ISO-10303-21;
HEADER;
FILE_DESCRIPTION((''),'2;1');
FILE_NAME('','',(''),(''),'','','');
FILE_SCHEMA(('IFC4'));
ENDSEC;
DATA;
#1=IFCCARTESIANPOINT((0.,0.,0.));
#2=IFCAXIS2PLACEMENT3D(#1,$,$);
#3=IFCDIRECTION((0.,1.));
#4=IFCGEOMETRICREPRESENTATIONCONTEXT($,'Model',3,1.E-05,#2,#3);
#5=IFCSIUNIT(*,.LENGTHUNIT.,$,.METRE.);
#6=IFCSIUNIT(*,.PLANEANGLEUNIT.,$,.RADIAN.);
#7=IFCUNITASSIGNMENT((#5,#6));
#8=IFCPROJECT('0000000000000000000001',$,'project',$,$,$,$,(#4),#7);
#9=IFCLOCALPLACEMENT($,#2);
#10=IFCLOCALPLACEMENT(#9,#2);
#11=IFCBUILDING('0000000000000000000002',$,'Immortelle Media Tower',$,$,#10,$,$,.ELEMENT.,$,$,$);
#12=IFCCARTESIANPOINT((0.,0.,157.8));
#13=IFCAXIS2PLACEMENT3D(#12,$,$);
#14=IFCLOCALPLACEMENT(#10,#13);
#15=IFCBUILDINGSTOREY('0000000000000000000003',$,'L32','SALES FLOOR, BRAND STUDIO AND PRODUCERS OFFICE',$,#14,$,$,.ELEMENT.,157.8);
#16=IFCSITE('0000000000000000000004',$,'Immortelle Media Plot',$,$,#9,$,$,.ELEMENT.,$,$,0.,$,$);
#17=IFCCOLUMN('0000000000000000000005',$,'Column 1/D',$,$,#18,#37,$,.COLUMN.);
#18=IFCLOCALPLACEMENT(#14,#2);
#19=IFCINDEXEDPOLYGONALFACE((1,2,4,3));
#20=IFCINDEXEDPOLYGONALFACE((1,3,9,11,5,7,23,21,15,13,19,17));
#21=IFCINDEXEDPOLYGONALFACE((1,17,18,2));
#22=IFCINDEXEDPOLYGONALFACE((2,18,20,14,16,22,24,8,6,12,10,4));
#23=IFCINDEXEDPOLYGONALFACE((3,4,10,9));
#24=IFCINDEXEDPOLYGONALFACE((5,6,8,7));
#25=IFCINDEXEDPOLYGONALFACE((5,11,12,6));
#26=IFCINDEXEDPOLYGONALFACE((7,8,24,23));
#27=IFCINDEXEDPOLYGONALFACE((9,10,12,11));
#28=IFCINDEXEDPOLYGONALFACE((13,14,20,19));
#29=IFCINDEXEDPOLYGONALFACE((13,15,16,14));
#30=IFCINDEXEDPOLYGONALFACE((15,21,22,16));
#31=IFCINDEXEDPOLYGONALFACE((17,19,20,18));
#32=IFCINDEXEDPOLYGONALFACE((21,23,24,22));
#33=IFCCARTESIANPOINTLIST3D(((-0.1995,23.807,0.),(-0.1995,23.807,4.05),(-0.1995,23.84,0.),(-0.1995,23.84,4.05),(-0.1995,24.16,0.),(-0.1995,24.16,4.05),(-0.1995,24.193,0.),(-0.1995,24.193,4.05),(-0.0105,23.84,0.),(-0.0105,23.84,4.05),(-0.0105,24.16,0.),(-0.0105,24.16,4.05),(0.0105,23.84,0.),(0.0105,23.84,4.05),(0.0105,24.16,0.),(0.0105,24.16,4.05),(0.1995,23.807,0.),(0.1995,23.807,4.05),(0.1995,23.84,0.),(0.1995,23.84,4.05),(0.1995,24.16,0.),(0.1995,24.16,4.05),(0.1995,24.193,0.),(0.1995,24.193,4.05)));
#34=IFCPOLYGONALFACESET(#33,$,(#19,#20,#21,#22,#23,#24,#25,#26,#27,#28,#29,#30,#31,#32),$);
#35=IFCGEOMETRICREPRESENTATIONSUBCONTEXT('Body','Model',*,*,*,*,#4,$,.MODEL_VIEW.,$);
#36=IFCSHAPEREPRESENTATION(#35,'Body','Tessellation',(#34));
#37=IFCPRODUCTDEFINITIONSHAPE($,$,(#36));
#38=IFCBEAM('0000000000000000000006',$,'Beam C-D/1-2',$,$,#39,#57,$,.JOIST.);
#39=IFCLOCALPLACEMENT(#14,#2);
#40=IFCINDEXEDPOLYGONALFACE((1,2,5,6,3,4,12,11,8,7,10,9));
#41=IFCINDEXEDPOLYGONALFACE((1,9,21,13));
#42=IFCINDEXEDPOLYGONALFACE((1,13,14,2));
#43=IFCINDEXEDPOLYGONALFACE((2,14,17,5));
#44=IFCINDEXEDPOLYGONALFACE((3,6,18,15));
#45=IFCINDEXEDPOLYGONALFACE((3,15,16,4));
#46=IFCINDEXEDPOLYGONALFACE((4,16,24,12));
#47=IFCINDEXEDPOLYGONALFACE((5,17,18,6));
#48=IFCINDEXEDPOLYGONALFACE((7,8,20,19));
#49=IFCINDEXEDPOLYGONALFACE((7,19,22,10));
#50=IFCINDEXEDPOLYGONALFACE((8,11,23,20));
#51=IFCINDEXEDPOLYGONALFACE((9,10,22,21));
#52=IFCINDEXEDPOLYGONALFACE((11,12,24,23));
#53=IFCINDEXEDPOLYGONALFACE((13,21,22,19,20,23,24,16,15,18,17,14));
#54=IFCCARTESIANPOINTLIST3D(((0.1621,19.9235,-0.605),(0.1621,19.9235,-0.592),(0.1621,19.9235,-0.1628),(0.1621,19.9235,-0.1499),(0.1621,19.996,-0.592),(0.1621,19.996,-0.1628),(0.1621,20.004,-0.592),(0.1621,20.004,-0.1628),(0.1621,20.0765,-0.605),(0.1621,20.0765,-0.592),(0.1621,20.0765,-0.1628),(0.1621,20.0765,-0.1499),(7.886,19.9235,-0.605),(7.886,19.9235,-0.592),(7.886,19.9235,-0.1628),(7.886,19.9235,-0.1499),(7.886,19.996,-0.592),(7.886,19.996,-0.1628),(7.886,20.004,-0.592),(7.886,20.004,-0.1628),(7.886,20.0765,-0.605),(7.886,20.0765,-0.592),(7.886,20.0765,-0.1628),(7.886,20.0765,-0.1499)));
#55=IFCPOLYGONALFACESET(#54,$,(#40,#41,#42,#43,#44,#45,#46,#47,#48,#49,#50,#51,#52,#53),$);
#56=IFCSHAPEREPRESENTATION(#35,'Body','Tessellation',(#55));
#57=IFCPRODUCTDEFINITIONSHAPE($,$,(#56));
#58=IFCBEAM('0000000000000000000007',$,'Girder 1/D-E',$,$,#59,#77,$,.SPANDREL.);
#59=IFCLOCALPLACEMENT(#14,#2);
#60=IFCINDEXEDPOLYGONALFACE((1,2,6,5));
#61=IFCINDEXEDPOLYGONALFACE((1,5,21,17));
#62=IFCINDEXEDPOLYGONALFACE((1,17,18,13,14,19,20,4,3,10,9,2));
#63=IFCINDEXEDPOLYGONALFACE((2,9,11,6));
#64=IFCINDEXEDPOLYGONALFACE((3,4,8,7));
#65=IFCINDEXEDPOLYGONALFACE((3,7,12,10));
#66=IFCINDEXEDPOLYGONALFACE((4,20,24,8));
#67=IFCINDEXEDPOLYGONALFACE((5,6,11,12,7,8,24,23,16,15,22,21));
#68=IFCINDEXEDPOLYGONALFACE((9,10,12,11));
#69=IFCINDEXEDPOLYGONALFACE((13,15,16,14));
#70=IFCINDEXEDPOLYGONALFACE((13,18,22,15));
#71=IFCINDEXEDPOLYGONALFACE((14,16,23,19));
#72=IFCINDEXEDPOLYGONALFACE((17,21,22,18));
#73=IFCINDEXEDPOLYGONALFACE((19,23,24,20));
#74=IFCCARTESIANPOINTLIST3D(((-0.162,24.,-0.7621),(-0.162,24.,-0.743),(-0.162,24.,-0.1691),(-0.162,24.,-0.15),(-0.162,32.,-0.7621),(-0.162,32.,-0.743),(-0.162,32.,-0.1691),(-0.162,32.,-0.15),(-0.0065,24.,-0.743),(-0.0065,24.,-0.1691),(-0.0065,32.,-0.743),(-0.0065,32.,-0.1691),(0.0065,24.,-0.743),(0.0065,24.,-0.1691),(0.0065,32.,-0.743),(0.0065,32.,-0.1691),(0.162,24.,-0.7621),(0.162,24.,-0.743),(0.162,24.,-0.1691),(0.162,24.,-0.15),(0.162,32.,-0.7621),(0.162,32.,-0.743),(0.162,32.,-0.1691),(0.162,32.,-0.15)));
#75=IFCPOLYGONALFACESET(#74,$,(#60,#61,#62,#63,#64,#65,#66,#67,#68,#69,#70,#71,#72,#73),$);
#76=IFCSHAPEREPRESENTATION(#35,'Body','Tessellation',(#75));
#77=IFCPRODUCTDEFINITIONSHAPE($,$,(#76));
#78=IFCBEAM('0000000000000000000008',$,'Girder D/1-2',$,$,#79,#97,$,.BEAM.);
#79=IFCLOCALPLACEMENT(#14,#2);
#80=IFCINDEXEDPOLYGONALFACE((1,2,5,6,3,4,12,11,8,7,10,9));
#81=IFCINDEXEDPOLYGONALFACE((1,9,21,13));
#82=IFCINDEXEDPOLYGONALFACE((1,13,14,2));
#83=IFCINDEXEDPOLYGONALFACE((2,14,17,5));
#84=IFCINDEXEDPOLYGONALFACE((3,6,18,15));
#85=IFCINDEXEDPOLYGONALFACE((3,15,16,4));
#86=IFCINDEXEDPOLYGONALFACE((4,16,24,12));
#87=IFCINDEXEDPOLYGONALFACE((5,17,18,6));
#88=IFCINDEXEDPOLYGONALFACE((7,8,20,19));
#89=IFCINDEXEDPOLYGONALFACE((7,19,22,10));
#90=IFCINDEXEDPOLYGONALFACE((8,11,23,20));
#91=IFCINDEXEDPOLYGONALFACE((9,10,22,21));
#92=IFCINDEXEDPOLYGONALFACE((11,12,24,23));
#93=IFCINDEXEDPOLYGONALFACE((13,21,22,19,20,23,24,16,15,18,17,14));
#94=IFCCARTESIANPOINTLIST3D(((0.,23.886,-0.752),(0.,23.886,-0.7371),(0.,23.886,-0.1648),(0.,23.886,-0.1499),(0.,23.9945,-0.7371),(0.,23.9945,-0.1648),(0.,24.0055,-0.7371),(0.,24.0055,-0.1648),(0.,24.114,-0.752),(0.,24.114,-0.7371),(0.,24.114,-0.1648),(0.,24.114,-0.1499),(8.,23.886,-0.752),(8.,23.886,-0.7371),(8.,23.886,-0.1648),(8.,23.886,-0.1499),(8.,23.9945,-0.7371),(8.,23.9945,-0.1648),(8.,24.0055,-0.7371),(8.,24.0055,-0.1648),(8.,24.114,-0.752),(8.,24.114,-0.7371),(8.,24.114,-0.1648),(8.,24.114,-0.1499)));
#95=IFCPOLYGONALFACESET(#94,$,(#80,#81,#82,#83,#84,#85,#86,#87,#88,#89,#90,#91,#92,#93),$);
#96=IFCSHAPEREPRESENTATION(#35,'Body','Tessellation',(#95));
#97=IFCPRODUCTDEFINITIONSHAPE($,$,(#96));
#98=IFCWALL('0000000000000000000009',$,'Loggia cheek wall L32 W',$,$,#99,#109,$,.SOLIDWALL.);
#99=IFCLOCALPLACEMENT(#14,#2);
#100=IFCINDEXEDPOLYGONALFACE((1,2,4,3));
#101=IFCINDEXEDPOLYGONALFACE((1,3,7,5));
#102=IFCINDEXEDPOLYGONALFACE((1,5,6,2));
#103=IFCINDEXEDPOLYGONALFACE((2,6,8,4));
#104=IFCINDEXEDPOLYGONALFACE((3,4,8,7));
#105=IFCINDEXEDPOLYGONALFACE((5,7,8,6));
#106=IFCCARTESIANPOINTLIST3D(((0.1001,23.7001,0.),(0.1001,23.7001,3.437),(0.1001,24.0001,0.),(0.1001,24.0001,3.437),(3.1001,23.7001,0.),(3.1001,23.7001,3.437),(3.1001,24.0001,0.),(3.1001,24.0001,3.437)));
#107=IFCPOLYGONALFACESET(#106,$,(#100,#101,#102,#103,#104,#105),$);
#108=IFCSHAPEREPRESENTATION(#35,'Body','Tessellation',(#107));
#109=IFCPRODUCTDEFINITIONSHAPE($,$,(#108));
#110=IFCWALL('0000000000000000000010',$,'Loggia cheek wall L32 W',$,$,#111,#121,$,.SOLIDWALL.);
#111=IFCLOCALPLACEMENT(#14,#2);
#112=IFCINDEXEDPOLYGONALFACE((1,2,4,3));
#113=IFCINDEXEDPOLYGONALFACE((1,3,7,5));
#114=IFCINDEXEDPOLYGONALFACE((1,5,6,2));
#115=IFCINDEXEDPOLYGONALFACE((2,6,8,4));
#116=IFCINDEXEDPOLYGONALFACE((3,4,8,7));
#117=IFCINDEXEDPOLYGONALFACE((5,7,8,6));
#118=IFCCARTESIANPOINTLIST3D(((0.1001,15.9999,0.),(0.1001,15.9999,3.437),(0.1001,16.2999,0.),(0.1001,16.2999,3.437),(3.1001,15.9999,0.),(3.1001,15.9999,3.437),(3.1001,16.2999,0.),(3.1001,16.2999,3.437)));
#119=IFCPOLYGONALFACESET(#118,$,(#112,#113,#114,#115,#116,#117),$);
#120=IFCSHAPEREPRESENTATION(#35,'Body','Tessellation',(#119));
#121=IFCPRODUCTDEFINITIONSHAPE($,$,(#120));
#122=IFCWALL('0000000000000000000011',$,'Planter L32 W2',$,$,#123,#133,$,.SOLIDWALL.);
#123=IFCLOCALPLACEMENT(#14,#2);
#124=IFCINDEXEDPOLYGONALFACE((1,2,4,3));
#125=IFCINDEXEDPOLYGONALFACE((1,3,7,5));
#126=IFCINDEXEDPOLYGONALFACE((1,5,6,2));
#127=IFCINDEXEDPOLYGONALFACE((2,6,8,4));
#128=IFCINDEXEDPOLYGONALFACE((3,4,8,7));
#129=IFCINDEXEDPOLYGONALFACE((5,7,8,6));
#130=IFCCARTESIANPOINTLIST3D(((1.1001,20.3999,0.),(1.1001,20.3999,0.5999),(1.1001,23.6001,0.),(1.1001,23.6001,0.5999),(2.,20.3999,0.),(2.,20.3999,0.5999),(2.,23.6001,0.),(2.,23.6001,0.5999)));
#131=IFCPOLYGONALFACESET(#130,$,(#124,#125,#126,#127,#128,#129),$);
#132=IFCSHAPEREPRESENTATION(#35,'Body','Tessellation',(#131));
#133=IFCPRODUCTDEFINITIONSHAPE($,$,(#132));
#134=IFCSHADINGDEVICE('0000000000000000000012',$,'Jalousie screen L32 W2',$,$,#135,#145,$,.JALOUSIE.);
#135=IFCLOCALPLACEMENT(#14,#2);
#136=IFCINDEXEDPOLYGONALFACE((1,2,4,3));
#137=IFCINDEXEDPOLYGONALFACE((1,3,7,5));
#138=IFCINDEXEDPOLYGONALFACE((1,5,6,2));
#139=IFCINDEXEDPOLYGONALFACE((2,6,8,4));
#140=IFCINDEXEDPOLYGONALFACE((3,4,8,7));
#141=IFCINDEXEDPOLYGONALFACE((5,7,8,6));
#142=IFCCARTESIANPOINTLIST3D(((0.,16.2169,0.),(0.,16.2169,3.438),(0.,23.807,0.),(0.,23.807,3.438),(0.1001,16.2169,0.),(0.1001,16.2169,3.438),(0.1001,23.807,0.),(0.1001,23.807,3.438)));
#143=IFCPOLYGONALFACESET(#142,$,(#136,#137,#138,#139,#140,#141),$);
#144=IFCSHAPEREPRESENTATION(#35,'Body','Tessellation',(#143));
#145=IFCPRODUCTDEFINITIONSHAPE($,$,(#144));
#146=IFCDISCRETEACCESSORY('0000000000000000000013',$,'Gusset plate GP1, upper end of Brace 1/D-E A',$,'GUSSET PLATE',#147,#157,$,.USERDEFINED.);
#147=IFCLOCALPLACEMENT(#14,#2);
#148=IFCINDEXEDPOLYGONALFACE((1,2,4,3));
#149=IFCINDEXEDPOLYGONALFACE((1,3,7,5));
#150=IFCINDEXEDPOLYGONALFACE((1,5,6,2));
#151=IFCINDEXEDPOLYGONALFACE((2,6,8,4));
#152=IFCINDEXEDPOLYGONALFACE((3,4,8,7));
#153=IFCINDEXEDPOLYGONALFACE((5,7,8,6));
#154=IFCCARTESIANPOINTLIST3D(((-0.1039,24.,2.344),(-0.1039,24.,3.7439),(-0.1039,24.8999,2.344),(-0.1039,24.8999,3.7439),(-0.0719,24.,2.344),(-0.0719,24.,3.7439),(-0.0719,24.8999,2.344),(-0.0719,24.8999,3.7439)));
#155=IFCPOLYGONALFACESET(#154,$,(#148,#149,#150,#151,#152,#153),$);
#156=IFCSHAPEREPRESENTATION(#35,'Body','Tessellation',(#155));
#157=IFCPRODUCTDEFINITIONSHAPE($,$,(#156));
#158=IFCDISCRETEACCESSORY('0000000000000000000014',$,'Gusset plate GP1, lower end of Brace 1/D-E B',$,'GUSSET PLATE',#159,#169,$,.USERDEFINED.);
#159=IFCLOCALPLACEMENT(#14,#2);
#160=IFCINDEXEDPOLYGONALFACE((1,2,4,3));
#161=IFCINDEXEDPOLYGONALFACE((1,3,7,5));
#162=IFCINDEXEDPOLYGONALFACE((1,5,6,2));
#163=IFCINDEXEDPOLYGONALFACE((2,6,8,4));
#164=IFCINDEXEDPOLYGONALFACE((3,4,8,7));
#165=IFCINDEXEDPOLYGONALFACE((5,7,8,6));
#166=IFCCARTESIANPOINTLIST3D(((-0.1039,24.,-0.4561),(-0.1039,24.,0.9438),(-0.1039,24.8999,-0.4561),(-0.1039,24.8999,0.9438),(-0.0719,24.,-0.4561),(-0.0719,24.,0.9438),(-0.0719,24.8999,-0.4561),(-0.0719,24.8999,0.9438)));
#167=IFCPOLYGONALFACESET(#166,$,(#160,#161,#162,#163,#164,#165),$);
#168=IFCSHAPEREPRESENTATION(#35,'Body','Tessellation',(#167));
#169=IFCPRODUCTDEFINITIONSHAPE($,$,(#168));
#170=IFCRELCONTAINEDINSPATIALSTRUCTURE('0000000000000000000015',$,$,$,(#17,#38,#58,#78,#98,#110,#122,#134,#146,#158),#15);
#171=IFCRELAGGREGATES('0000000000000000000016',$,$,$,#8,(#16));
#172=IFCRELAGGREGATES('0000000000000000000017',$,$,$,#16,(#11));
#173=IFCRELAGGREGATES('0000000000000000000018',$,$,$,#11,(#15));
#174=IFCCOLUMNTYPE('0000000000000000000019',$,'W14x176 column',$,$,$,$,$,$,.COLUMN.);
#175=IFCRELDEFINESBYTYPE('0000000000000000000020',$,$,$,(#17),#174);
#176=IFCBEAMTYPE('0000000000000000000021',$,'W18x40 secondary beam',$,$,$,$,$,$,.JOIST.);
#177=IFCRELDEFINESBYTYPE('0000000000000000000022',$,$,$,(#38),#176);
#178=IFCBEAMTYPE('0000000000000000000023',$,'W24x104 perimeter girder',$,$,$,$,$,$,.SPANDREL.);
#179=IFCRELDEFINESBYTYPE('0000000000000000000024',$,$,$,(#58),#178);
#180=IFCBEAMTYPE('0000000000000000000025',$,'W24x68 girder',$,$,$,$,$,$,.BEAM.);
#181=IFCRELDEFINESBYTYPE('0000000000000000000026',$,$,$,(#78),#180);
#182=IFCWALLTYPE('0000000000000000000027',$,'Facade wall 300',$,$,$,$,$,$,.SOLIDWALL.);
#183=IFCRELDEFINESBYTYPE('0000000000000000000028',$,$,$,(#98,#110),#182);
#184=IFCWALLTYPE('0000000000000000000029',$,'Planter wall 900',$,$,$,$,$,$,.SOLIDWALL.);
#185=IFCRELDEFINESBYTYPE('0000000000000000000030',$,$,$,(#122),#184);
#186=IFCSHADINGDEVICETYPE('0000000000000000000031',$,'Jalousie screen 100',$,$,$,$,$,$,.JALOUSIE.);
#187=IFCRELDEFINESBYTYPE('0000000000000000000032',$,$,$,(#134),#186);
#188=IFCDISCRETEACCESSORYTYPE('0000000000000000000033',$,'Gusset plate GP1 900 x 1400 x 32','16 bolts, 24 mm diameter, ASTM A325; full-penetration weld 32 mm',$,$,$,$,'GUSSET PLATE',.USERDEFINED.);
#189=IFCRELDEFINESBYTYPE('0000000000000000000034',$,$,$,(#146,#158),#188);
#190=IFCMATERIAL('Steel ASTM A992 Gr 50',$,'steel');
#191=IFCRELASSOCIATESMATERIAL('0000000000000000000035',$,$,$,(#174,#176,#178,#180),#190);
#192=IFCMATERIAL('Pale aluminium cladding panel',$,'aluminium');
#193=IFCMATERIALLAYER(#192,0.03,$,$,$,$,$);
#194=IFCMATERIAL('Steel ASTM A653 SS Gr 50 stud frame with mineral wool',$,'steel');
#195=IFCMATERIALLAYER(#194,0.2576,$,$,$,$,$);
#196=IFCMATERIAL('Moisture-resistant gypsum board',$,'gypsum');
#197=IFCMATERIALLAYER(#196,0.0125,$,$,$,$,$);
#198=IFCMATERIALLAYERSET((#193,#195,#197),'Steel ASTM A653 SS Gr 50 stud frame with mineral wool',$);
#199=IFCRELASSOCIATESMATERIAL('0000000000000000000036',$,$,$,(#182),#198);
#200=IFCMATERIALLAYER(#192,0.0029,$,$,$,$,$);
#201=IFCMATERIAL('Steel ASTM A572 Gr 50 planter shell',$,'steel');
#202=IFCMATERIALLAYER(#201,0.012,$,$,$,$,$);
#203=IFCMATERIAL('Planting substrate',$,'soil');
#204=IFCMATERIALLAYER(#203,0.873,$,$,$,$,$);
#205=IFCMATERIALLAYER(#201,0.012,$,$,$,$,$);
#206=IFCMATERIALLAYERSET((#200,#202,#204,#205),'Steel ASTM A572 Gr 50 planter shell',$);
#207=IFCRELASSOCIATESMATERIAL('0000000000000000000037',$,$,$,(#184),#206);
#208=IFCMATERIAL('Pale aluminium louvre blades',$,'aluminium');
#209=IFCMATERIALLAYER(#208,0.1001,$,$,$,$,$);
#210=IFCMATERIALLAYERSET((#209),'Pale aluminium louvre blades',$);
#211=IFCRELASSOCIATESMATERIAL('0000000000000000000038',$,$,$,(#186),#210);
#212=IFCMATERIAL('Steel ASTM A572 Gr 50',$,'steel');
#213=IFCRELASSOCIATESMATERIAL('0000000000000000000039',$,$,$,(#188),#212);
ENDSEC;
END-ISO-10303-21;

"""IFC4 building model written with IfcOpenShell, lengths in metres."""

from ifc_helpers import new_model, si_unit, direction, frame, frame_2d, origin, origin_2d, place, context, subcontext, project, spatial, rectangle, i_section, extrude, material, layer, layer_set, material_profile, profile_set, type_object, element, save


model = new_model("IFC4")

# Units and contexts
model_context = context("Model", 3, precision=1e-05, world=origin(), true_north=direction((0.0, 1.0)))
body_context = subcontext(model_context, "Body", "Model", "MODEL_VIEW")
ifc_project = project(units=[si_unit("LENGTHUNIT", "METRE"), si_unit("PLANEANGLEUNIT", "RADIAN")], contexts=[model_context])

# Site, building, storey
site_placement = place(None, origin())
site = spatial("IfcSite", under=ifc_project, at=site_placement, Name="Immortelle Media Plot", CompositionType="ELEMENT", RefElevation=0.0)
building_placement = place(site_placement, origin())
building = spatial("IfcBuilding", under=site, at=building_placement, Name="Immortelle Media Tower", CompositionType="ELEMENT")
storey_placement = place(building_placement, frame((0.0, 0.0, 157.8)))
storey = spatial("IfcBuildingStorey", under=building, at=storey_placement, Name="L32", Description="SALES FLOOR, BRAND STUDIO AND PRODUCERS OFFICE", CompositionType="ELEMENT", Elevation=157.8)

# Column
ifc_material_1 = material(Name="Steel ASTM A992 Gr 50", Category="steel")
ifc_material_profile_1 = material_profile(ifc_material_1, i_section(OverallWidth=0.3989, OverallDepth=0.386, WebThickness=0.021, FlangeThickness=0.033, at=origin_2d()), Name="W14x176")
ifc_profile_set_1 = profile_set([ifc_material_profile_1], Name="Steel ASTM A992 Gr 50")
column_type = type_object("IfcColumnType", Name="W14x176 column", PredefinedType="COLUMN", material=ifc_profile_set_1)
column_placement = place(storey_placement, frame((0.0, 24.0, 0.0), z_axis=(0.0, 0.0, 1.0), x_axis=(1.0, 0.0, 0.0)))
element("IfcColumn", 1, at=column_placement, inside=storey, type_object=column_type, Name="Column 1/D", PredefinedType="COLUMN", context=body_context, shape_type="SweptSolid", body=[
    extrude(i_section(OverallWidth=0.3989, OverallDepth=0.386, WebThickness=0.021, FlangeThickness=0.033, at=origin_2d()), origin(), (0.0, 0.0, 1.0), 4.05),
])

# Beams
ifc_material_profile_2 = material_profile(ifc_material_1, i_section(OverallWidth=0.1531, OverallDepth=0.4551, WebThickness=0.0081, FlangeThickness=0.0129, at=origin_2d()), Name="W18x40")
ifc_profile_set_2 = profile_set([ifc_material_profile_2], Name="Steel ASTM A992 Gr 50")
beam_type_1 = type_object("IfcBeamType", Name="W18x40 secondary beam", PredefinedType="JOIST", material=ifc_profile_set_2)
beam_1_placement = place(storey_placement, frame((0.1621, 20.0, -0.3774), z_axis=(1.0, 0.0, 0.0), x_axis=(0.0, 1.0, 0.0)))
element("IfcBeam", 2, at=beam_1_placement, inside=storey, type_object=beam_type_1, Name="Beam C-D/1-2", PredefinedType="JOIST", context=body_context, shape_type="SweptSolid", body=[
    extrude(i_section(OverallWidth=0.1531, OverallDepth=0.4551, WebThickness=0.0081, FlangeThickness=0.0129, at=origin_2d()), origin(), (0.0, 0.0, 1.0), 7.7239),
])
ifc_material_profile_3 = material_profile(ifc_material_1, i_section(OverallWidth=0.324, OverallDepth=0.6121, WebThickness=0.0129, FlangeThickness=0.019, at=origin_2d()), Name="W24x104")
ifc_profile_set_3 = profile_set([ifc_material_profile_3], Name="Steel ASTM A992 Gr 50")
beam_type_2 = type_object("IfcBeamType", Name="W24x104 perimeter girder", PredefinedType="SPANDREL", material=ifc_profile_set_3)
beam_2_placement = place(storey_placement, frame((0.0, 24.0, -0.4561), z_axis=(0.0, 1.0, 0.0), x_axis=(-1.0, 0.0, 0.0)))
element("IfcBeam", 3, at=beam_2_placement, inside=storey, type_object=beam_type_2, Name="Girder 1/D-E", PredefinedType="SPANDREL", context=body_context, shape_type="SweptSolid", body=[
    extrude(i_section(OverallWidth=0.324, OverallDepth=0.6121, WebThickness=0.0129, FlangeThickness=0.019, at=origin_2d()), origin(), (0.0, 0.0, 1.0), 8.0),
])
ifc_material_profile_4 = material_profile(ifc_material_1, i_section(OverallWidth=0.228, OverallDepth=0.6021, WebThickness=0.011, FlangeThickness=0.0149, at=origin_2d()), Name="W24x68")
ifc_profile_set_4 = profile_set([ifc_material_profile_4], Name="Steel ASTM A992 Gr 50")
beam_type_3 = type_object("IfcBeamType", Name="W24x68 girder", PredefinedType="BEAM", material=ifc_profile_set_4)
beam_3_placement = place(storey_placement, frame((0.0, 24.0, -0.4509), z_axis=(1.0, 0.0, 0.0), x_axis=(0.0, 1.0, 0.0)))
element("IfcBeam", 4, at=beam_3_placement, inside=storey, type_object=beam_type_3, Name="Girder D/1-2", PredefinedType="BEAM", context=body_context, shape_type="SweptSolid", body=[
    extrude(i_section(OverallWidth=0.228, OverallDepth=0.6021, WebThickness=0.011, FlangeThickness=0.0149, at=origin_2d()), origin(), (0.0, 0.0, 1.0), 8.0),
])

# Walls
ifc_material_2 = material(Name="Pale aluminium cladding panel", Category="aluminium")
ifc_layer_1 = layer(ifc_material_2, 0.03)
ifc_material_3 = material(Name="Steel ASTM A653 SS Gr 50 stud frame with mineral wool", Category="steel")
ifc_layer_2 = layer(ifc_material_3, 0.2576)
ifc_material_4 = material(Name="Moisture-resistant gypsum board", Category="gypsum")
ifc_layer_3 = layer(ifc_material_4, 0.0125)
ifc_layer_set_1 = layer_set([ifc_layer_1, ifc_layer_2, ifc_layer_3], Name="Steel ASTM A653 SS Gr 50 stud frame with mineral wool")
wall_type_1 = type_object("IfcWallType", Name="Facade wall 300", PredefinedType="SOLIDWALL", material=ifc_layer_set_1)
for number, where, z_axis, x_axis, name in (
    (5, (0.1001, 23.8501, 0.0), (0.0, 0.0, 1.0), (1.0, 0.0, 0.0), "Loggia cheek wall L32 W"),
    (6, (0.1001, 16.1499, 0.0), (0.0, 0.0, 1.0), (1.0, 0.0, 0.0), "Loggia cheek wall L32 W"),
):
    element("IfcWall", number, at=place(storey_placement, frame(where, z_axis=z_axis, x_axis=x_axis)), inside=storey, type_object=wall_type_1, Name=name, PredefinedType="SOLIDWALL", context=body_context, shape_type="SweptSolid", body=[
        extrude(rectangle(XDim=3.0, YDim=0.3, at=frame_2d((1.5, 0.0))), origin(), (0.0, 0.0, 1.0), 3.437),
    ])
ifc_layer_4 = layer(ifc_material_2, 0.0029)
ifc_material_5 = material(Name="Steel ASTM A572 Gr 50 planter shell", Category="steel")
ifc_layer_5 = layer(ifc_material_5, 0.012)
ifc_material_6 = material(Name="Planting substrate", Category="soil")
ifc_layer_6 = layer(ifc_material_6, 0.873)
ifc_layer_7 = layer(ifc_material_5, 0.012)
ifc_layer_set_2 = layer_set([ifc_layer_4, ifc_layer_5, ifc_layer_6, ifc_layer_7], Name="Steel ASTM A572 Gr 50 planter shell")
wall_type_2 = type_object("IfcWallType", Name="Planter wall 900", PredefinedType="SOLIDWALL", material=ifc_layer_set_2)
wall_placement = place(storey_placement, frame((1.55, 23.6001, 0.0), z_axis=(0.0, 0.0, 1.0), x_axis=(0.0, -1.0, 0.0)))
element("IfcWall", 7, at=wall_placement, inside=storey, type_object=wall_type_2, Name="Planter L32 W2", PredefinedType="SOLIDWALL", context=body_context, shape_type="SweptSolid", body=[
    extrude(rectangle(XDim=3.2002, YDim=0.8999, at=frame_2d((1.6001, 0.0))), origin(), (0.0, 0.0, 1.0), 0.5999),
])

# Shading device
ifc_material_7 = material(Name="Pale aluminium louvre blades", Category="aluminium")
ifc_layer_8 = layer(ifc_material_7, 0.1001)
ifc_layer_set_3 = layer_set([ifc_layer_8], Name="Pale aluminium louvre blades")
shading_device_type = type_object("IfcShadingDeviceType", Name="Jalousie screen 100", PredefinedType="JALOUSIE", material=ifc_layer_set_3)
shading_device_placement = place(storey_placement, frame((0.05, 20.012, 0.0), z_axis=(0.0, 0.0, 1.0), x_axis=(0.0, -1.0, 0.0)))
element("IfcShadingDevice", 8, at=shading_device_placement, inside=storey, type_object=shading_device_type, Name="Jalousie screen L32 W2", PredefinedType="JALOUSIE", context=body_context, shape_type="SweptSolid", body=[
    extrude(rectangle(XDim=7.5901, YDim=0.1001, at=origin_2d()), origin(), (0.0, 0.0, 1.0), 3.438),
])

# Discrete accessories
ifc_material_8 = material(Name="Steel ASTM A572 Gr 50", Category="steel")
ifc_material_profile_5 = material_profile(ifc_material_8, rectangle(XDim=0.032, YDim=1.3999, at=origin_2d()), Name="PL 32 x 1400")
ifc_profile_set_5 = profile_set([ifc_material_profile_5], Name="Steel ASTM A572 Gr 50")
discrete_accessory_type = type_object("IfcDiscreteAccessoryType", Name="Gusset plate GP1 900 x 1400 x 32", Description="16 bolts, 24 mm diameter, ASTM A325; full-penetration weld 32 mm", ElementType="GUSSET PLATE", PredefinedType="USERDEFINED", material=ifc_profile_set_5)
for number, where, z_axis, x_axis, name in (
    (9, (-0.0879, 24.0, 3.0439), (0.0, 1.0, 0.0), (-1.0, 0.0, 0.0), "Gusset plate GP1, upper end of Brace 1/D-E A"),
    (10, (-0.0879, 24.0, 0.2439), (0.0, 1.0, 0.0), (-1.0, 0.0, 0.0), "Gusset plate GP1, lower end of Brace 1/D-E B"),
):
    element("IfcDiscreteAccessory", number, at=place(storey_placement, frame(where, z_axis=z_axis, x_axis=x_axis)), inside=storey, type_object=discrete_accessory_type, Name=name, ObjectType="GUSSET PLATE", PredefinedType="USERDEFINED", context=body_context, shape_type="SweptSolid", body=[
        extrude(rectangle(XDim=0.032, YDim=1.3999, at=origin_2d()), origin(), (0.0, 0.0, 1.0), 0.8999),
    ])

save(model, "model.ifc")
